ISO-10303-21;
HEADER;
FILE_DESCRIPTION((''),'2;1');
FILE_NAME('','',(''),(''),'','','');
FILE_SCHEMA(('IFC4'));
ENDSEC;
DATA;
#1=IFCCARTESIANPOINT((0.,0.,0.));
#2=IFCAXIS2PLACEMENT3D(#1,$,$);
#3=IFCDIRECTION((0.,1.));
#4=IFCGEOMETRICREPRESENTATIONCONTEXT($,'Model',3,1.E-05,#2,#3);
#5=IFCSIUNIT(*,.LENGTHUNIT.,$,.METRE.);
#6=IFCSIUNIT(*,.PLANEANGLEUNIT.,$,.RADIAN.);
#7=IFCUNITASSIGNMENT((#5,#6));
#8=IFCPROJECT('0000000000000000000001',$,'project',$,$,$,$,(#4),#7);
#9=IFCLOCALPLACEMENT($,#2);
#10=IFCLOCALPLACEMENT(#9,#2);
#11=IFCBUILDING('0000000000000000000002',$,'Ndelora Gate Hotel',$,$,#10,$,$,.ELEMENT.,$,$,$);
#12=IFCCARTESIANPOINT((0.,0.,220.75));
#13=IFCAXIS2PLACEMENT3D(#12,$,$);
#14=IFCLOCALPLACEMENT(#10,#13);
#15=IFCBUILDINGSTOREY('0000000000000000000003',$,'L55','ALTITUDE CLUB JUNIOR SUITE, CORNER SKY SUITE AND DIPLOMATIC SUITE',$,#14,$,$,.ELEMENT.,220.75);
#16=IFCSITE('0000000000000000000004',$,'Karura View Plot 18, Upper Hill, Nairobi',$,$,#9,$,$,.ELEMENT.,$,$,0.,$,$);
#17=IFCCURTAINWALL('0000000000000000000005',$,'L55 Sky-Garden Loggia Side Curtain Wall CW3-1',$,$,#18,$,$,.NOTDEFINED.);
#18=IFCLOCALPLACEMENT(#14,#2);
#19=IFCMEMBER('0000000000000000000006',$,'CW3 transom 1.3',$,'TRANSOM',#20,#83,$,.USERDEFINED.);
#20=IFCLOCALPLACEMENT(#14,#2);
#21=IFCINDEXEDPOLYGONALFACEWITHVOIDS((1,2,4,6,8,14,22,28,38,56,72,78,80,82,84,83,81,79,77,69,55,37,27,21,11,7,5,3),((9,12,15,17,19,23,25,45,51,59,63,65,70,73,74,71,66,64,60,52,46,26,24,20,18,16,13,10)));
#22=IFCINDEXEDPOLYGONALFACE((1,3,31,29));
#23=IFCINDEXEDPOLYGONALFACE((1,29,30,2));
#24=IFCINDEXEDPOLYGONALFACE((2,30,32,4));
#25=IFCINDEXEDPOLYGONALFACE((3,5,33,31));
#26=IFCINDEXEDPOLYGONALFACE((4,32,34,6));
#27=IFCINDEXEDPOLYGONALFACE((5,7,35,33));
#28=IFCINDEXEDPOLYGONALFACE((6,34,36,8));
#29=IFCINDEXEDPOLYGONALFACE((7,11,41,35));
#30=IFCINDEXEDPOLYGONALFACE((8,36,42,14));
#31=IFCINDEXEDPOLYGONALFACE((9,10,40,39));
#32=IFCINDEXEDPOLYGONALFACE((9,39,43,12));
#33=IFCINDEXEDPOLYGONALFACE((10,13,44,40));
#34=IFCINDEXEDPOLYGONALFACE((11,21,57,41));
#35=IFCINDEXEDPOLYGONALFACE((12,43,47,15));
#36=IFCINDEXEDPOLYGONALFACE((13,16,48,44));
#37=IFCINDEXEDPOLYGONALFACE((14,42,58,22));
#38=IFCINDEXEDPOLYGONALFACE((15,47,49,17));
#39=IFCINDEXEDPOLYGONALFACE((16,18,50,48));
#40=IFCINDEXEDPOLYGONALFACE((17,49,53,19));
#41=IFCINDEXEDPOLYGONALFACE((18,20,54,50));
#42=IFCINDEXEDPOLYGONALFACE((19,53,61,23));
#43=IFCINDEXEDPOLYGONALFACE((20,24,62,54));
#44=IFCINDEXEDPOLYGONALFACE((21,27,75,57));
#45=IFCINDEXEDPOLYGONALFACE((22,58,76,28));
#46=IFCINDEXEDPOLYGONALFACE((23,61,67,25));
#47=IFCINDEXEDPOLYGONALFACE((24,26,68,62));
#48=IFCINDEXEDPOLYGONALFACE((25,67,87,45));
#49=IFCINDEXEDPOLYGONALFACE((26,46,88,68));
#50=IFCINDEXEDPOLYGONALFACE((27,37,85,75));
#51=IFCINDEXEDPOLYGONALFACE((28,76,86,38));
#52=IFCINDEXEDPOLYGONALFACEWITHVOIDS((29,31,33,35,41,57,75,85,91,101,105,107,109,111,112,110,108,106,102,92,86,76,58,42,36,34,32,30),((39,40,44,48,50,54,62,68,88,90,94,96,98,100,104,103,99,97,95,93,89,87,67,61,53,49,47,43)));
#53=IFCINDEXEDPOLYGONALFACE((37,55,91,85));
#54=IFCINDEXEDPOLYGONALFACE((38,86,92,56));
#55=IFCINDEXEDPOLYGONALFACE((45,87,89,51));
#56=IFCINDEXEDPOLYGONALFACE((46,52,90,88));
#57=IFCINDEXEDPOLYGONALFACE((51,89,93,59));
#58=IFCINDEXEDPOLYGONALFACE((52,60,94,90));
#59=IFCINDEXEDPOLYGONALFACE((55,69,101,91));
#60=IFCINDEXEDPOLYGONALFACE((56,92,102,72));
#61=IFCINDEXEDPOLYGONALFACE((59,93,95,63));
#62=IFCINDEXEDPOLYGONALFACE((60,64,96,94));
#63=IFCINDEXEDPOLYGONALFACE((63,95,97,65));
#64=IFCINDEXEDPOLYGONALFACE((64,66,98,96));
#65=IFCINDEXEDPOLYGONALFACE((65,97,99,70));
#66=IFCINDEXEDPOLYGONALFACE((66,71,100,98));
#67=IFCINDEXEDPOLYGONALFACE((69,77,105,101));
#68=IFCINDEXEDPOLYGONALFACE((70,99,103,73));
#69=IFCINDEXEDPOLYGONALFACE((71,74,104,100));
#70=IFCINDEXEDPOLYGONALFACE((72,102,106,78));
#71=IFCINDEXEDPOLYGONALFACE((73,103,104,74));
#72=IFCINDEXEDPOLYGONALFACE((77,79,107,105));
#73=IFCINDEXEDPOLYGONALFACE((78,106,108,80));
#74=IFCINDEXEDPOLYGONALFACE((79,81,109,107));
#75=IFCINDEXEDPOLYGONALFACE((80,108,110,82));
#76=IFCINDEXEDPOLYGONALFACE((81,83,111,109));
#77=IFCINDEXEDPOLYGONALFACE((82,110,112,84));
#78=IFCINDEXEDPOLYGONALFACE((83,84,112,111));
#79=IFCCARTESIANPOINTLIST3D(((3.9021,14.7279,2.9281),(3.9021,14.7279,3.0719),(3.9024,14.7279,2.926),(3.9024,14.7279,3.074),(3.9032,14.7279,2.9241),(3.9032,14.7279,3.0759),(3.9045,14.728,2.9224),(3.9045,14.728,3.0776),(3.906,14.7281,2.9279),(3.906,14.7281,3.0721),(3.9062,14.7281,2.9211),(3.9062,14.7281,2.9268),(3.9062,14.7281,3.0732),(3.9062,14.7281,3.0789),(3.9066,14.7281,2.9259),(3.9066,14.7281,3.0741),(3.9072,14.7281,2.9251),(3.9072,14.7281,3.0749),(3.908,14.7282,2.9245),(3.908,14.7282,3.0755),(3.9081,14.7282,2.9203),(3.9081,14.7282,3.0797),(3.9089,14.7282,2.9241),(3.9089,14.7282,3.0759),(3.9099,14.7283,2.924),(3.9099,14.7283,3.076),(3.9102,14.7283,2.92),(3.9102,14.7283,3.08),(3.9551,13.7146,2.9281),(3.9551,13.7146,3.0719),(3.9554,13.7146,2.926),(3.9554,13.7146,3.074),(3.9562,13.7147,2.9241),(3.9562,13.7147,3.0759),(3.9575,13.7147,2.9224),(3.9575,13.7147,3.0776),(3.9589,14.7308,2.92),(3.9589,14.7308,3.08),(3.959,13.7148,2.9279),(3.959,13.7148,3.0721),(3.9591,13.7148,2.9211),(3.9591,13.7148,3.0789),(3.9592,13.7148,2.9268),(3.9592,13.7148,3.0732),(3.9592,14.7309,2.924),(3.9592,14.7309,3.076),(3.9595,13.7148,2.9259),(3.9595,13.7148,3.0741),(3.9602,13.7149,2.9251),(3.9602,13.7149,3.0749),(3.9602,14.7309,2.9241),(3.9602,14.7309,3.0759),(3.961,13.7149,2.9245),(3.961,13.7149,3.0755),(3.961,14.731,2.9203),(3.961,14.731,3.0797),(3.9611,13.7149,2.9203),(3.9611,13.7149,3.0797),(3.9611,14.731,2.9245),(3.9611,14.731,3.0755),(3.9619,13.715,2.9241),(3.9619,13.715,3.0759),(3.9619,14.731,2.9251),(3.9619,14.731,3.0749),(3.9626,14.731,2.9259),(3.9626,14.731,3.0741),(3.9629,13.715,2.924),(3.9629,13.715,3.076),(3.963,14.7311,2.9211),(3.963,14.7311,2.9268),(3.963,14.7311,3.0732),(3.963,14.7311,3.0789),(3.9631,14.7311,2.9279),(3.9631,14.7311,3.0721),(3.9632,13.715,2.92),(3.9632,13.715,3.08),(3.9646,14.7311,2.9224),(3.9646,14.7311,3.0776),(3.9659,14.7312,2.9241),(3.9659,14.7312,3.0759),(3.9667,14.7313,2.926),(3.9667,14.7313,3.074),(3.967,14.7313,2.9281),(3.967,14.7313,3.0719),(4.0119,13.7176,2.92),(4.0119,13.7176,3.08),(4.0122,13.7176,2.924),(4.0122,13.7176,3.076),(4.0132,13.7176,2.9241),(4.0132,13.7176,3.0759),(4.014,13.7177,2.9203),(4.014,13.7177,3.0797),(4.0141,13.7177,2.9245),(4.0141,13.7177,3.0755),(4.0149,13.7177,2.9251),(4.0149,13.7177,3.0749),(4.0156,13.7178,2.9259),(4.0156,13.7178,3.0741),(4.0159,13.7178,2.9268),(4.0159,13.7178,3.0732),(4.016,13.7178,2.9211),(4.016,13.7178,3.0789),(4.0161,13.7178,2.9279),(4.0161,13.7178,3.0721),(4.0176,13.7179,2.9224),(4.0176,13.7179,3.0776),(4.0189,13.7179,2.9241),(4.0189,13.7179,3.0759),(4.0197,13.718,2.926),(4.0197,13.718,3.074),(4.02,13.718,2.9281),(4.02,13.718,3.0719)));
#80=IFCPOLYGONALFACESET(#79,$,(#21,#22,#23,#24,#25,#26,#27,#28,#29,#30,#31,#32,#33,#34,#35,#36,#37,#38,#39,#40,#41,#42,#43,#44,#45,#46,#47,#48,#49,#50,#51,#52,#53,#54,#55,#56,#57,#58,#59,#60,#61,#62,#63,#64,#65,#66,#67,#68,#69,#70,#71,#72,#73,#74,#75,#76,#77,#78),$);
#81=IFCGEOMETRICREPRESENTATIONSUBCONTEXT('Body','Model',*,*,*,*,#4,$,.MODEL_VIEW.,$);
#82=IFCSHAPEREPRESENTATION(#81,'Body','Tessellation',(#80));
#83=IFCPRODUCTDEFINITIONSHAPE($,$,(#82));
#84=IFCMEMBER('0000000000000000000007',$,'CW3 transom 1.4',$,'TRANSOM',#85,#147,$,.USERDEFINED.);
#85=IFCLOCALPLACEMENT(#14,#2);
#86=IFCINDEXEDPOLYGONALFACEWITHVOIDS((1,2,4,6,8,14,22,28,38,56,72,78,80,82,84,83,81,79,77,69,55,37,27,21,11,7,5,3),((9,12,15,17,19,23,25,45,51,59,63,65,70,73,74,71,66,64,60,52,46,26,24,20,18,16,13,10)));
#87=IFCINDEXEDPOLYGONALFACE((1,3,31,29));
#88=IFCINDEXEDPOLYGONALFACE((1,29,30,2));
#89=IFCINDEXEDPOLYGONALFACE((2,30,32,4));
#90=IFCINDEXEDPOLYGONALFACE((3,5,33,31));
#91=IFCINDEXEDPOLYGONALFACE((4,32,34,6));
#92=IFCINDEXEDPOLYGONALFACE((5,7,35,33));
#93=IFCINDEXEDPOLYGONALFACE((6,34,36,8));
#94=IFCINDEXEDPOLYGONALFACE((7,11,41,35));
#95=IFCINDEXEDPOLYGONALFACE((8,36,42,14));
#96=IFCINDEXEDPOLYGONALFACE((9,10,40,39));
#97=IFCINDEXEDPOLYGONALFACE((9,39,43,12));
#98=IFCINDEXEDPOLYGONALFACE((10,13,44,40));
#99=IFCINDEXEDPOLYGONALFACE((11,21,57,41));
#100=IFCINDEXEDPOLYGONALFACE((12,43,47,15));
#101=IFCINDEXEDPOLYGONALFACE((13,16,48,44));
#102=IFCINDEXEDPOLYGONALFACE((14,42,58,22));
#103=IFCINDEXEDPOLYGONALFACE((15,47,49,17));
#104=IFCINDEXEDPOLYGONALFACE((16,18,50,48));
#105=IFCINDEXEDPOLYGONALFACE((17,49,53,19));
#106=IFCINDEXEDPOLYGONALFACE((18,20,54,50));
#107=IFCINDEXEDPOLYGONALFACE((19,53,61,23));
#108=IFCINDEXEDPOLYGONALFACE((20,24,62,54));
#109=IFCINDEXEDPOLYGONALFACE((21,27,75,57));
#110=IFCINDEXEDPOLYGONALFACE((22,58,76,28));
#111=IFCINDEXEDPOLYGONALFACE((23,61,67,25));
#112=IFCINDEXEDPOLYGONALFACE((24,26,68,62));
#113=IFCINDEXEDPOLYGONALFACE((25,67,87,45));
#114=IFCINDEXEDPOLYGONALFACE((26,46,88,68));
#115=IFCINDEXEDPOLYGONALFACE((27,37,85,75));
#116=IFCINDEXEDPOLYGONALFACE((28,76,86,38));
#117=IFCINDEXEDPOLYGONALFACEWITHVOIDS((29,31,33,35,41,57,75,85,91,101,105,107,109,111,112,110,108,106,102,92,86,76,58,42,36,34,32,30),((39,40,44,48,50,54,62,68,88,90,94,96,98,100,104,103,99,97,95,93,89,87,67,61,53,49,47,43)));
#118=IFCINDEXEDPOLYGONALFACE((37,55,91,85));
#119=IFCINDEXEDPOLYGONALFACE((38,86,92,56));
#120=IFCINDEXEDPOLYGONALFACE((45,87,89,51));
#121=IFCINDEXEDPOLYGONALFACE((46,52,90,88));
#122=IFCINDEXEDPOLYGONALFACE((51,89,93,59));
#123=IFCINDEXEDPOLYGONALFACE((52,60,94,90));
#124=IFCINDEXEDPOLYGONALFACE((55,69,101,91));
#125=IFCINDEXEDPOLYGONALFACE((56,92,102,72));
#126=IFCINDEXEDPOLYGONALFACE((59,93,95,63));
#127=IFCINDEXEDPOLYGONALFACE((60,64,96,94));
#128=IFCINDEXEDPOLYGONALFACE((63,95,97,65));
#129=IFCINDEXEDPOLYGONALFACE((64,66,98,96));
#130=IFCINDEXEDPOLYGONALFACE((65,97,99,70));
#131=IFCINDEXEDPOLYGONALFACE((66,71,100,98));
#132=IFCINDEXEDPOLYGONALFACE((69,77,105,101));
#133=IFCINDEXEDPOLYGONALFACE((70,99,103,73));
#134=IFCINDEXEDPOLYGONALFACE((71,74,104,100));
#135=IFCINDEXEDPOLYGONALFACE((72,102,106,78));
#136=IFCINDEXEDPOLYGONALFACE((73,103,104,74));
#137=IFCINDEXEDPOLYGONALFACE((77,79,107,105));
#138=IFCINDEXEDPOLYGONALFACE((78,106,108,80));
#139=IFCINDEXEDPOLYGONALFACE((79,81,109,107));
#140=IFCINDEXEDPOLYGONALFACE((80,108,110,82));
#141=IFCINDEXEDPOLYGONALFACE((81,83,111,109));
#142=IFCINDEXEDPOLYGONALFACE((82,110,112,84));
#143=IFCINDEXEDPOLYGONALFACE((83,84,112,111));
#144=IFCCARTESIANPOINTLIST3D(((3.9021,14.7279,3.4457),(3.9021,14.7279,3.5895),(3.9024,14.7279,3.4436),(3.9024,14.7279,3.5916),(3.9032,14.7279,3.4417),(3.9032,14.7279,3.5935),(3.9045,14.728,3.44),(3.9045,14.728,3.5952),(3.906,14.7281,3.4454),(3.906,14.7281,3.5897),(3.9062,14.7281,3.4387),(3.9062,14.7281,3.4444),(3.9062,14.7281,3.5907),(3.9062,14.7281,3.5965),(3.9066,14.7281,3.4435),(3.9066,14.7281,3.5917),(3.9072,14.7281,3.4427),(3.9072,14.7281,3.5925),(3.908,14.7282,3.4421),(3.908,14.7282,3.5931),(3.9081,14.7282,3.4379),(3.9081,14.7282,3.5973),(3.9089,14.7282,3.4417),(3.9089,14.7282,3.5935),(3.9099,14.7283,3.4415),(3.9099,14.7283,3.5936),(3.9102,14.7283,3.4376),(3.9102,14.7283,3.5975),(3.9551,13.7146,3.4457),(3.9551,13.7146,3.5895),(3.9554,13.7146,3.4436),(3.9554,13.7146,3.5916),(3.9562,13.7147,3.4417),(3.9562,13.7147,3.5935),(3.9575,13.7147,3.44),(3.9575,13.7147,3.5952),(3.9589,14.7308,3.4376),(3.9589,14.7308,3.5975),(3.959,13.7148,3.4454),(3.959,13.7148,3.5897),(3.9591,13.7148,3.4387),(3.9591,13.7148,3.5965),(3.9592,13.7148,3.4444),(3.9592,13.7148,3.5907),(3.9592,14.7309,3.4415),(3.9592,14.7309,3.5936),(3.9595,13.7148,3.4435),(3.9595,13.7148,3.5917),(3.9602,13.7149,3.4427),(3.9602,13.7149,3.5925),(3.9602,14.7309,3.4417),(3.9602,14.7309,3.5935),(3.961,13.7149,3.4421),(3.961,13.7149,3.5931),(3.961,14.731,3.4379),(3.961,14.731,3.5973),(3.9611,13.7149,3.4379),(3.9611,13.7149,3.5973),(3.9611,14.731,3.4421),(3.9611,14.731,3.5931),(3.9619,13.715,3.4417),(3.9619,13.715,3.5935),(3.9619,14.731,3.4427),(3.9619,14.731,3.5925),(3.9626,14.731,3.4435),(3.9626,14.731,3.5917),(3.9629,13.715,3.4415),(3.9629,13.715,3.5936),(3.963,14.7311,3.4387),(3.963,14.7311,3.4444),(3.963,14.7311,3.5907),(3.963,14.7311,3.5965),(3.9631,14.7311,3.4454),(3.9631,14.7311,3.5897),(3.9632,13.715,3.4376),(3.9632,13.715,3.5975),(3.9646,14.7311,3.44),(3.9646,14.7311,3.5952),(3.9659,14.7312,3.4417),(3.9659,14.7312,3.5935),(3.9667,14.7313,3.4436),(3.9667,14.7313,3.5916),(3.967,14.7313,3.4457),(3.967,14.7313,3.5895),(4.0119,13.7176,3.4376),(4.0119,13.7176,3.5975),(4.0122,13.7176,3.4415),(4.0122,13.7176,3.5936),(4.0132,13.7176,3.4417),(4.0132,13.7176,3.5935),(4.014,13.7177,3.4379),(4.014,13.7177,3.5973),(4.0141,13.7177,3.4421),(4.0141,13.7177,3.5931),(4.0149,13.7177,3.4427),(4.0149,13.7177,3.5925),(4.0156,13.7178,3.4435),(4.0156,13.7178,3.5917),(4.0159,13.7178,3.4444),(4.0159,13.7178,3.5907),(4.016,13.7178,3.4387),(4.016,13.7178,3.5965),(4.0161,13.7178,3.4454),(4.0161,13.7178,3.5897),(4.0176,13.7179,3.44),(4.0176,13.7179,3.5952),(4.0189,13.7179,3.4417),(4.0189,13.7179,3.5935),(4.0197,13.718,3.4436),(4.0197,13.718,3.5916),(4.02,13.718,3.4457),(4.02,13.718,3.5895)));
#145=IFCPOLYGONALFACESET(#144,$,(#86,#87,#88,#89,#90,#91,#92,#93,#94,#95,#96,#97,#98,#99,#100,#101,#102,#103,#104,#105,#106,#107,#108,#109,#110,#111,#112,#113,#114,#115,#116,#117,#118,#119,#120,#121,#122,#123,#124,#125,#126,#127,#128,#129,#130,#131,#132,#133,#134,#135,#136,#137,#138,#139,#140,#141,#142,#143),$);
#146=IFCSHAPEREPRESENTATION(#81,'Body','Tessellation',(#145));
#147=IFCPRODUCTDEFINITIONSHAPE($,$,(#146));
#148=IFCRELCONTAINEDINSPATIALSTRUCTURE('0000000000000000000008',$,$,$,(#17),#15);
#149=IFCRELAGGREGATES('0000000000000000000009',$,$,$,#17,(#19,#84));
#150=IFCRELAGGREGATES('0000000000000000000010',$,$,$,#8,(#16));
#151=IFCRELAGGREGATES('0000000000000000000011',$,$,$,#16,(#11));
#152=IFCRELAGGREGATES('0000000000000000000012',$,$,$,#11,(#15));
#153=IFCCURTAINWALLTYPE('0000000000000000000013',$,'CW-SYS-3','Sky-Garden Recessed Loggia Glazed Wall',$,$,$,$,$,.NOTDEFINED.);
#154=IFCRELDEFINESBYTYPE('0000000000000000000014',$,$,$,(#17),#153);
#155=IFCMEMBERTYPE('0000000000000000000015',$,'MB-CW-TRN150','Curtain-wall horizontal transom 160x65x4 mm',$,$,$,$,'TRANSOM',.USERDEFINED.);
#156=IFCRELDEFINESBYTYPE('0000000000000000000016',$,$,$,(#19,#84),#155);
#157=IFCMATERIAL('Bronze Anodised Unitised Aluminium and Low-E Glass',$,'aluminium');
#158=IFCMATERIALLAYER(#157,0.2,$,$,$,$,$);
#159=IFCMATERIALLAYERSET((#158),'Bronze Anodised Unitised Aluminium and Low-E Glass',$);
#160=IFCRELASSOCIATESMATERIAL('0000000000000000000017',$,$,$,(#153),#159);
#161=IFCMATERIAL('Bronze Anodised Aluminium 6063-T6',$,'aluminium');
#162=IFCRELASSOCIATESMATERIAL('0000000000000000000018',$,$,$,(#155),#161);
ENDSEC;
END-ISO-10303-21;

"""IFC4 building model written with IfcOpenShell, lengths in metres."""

from ifc_helpers import new_model, si_unit, direction, frame, origin, origin_2d, place, context, subcontext, project, spatial, hollow_rectangle, extrude, material, layer, layer_set, material_profile, profile_set, type_object, element, aggregate, save


model = new_model("IFC4")

# Units and contexts
model_context = context("Model", 3, precision=1e-05, world=origin(), true_north=direction((0.0, 1.0)))
body_context = subcontext(model_context, "Body", "Model", "MODEL_VIEW")
ifc_project = project(units=[si_unit("LENGTHUNIT", "METRE"), si_unit("PLANEANGLEUNIT", "RADIAN")], contexts=[model_context])

# Site, building, storey
site_placement = place(None, origin())
site = spatial("IfcSite", under=ifc_project, at=site_placement, Name="Karura View Plot 18, Upper Hill, Nairobi", CompositionType="ELEMENT", RefElevation=0.0)
building_placement = place(site_placement, origin())
building = spatial("IfcBuilding", under=site, at=building_placement, Name="Ndelora Gate Hotel", CompositionType="ELEMENT")
storey_placement = place(building_placement, frame((0.0, 0.0, 220.75)))
storey = spatial("IfcBuildingStorey", under=building, at=storey_placement, Name="L55", Description="ALTITUDE CLUB JUNIOR SUITE, CORNER SKY SUITE AND DIPLOMATIC SUITE", CompositionType="ELEMENT", Elevation=220.75)

# Curtain wall, members
ifc_material_1 = material(Name="Bronze Anodised Unitised Aluminium and Low-E Glass", Category="aluminium")
ifc_layer_1 = layer(ifc_material_1, 0.2)
ifc_layer_set_1 = layer_set([ifc_layer_1], Name="Bronze Anodised Unitised Aluminium and Low-E Glass")
curtain_wall_type = type_object("IfcCurtainWallType", Name="CW-SYS-3", Description="Sky-Garden Recessed Loggia Glazed Wall", PredefinedType="NOTDEFINED", material=ifc_layer_set_1)
curtain_wall_placement = place(storey_placement, origin())
curtain_wall = element("IfcCurtainWall", 1, at=curtain_wall_placement, inside=storey, type_object=curtain_wall_type, Name="L55 Sky-Garden Loggia Side Curtain Wall CW3-1", PredefinedType="NOTDEFINED")
ifc_material_2 = material(Name="Bronze Anodised Aluminium 6063-T6", Category="aluminium")
ifc_material_profile_1 = material_profile(ifc_material_2, hollow_rectangle(XDim=0.0649, YDim=0.1599, WallThickness=0.0039, InnerFilletRadius=0.0039, OuterFilletRadius=0.0081, at=origin_2d()), Name="ALU 160x65x4")
ifc_profile_set_1 = profile_set([ifc_material_profile_1], Name="Bronze Anodised Aluminium 6063-T6")
member_type_1 = type_object("IfcMemberType", Name="MB-CW-TRN150", Description="Curtain-wall horizontal transom 160x65x4 mm", ElementType="TRANSOM", PredefinedType="USERDEFINED", material=ifc_profile_set_1)
member_1_placement = place(storey_placement, frame((3.9875, 13.7163, 3.0), z_axis=(-0.052218, 0.998636, 0.0), x_axis=(-0.998636, -0.052218, 0.0)))
member_1 = element("IfcMember", 2, at=member_1_placement, type_object=member_type_1, Name="CW3 transom 1.3", ObjectType="TRANSOM", PredefinedType="USERDEFINED", context=body_context, shape_type="SweptSolid", body=[
    extrude(hollow_rectangle(XDim=0.0649, YDim=0.1599, WallThickness=0.0039, InnerFilletRadius=0.0039, OuterFilletRadius=0.0081, at=origin_2d()), origin(), (0.0, 0.0, 1.0), 1.0146),
])
member_2_placement = place(storey_placement, frame((3.9875, 13.7163, 3.5176), z_axis=(-0.052218, 0.998636, 0.0), x_axis=(-0.998636, -0.052218, 0.0)))
member_2 = element("IfcMember", 3, at=member_2_placement, type_object=member_type_1, Name="CW3 transom 1.4", ObjectType="TRANSOM", PredefinedType="USERDEFINED", context=body_context, shape_type="SweptSolid", body=[
    extrude(hollow_rectangle(XDim=0.0649, YDim=0.1599, WallThickness=0.0039, InnerFilletRadius=0.0039, OuterFilletRadius=0.0081, at=origin_2d()), origin(), (0.0, 0.0, 1.0), 1.0146),
])

aggregate(curtain_wall, [member_1, member_2])

save(model, "model.ifc")
